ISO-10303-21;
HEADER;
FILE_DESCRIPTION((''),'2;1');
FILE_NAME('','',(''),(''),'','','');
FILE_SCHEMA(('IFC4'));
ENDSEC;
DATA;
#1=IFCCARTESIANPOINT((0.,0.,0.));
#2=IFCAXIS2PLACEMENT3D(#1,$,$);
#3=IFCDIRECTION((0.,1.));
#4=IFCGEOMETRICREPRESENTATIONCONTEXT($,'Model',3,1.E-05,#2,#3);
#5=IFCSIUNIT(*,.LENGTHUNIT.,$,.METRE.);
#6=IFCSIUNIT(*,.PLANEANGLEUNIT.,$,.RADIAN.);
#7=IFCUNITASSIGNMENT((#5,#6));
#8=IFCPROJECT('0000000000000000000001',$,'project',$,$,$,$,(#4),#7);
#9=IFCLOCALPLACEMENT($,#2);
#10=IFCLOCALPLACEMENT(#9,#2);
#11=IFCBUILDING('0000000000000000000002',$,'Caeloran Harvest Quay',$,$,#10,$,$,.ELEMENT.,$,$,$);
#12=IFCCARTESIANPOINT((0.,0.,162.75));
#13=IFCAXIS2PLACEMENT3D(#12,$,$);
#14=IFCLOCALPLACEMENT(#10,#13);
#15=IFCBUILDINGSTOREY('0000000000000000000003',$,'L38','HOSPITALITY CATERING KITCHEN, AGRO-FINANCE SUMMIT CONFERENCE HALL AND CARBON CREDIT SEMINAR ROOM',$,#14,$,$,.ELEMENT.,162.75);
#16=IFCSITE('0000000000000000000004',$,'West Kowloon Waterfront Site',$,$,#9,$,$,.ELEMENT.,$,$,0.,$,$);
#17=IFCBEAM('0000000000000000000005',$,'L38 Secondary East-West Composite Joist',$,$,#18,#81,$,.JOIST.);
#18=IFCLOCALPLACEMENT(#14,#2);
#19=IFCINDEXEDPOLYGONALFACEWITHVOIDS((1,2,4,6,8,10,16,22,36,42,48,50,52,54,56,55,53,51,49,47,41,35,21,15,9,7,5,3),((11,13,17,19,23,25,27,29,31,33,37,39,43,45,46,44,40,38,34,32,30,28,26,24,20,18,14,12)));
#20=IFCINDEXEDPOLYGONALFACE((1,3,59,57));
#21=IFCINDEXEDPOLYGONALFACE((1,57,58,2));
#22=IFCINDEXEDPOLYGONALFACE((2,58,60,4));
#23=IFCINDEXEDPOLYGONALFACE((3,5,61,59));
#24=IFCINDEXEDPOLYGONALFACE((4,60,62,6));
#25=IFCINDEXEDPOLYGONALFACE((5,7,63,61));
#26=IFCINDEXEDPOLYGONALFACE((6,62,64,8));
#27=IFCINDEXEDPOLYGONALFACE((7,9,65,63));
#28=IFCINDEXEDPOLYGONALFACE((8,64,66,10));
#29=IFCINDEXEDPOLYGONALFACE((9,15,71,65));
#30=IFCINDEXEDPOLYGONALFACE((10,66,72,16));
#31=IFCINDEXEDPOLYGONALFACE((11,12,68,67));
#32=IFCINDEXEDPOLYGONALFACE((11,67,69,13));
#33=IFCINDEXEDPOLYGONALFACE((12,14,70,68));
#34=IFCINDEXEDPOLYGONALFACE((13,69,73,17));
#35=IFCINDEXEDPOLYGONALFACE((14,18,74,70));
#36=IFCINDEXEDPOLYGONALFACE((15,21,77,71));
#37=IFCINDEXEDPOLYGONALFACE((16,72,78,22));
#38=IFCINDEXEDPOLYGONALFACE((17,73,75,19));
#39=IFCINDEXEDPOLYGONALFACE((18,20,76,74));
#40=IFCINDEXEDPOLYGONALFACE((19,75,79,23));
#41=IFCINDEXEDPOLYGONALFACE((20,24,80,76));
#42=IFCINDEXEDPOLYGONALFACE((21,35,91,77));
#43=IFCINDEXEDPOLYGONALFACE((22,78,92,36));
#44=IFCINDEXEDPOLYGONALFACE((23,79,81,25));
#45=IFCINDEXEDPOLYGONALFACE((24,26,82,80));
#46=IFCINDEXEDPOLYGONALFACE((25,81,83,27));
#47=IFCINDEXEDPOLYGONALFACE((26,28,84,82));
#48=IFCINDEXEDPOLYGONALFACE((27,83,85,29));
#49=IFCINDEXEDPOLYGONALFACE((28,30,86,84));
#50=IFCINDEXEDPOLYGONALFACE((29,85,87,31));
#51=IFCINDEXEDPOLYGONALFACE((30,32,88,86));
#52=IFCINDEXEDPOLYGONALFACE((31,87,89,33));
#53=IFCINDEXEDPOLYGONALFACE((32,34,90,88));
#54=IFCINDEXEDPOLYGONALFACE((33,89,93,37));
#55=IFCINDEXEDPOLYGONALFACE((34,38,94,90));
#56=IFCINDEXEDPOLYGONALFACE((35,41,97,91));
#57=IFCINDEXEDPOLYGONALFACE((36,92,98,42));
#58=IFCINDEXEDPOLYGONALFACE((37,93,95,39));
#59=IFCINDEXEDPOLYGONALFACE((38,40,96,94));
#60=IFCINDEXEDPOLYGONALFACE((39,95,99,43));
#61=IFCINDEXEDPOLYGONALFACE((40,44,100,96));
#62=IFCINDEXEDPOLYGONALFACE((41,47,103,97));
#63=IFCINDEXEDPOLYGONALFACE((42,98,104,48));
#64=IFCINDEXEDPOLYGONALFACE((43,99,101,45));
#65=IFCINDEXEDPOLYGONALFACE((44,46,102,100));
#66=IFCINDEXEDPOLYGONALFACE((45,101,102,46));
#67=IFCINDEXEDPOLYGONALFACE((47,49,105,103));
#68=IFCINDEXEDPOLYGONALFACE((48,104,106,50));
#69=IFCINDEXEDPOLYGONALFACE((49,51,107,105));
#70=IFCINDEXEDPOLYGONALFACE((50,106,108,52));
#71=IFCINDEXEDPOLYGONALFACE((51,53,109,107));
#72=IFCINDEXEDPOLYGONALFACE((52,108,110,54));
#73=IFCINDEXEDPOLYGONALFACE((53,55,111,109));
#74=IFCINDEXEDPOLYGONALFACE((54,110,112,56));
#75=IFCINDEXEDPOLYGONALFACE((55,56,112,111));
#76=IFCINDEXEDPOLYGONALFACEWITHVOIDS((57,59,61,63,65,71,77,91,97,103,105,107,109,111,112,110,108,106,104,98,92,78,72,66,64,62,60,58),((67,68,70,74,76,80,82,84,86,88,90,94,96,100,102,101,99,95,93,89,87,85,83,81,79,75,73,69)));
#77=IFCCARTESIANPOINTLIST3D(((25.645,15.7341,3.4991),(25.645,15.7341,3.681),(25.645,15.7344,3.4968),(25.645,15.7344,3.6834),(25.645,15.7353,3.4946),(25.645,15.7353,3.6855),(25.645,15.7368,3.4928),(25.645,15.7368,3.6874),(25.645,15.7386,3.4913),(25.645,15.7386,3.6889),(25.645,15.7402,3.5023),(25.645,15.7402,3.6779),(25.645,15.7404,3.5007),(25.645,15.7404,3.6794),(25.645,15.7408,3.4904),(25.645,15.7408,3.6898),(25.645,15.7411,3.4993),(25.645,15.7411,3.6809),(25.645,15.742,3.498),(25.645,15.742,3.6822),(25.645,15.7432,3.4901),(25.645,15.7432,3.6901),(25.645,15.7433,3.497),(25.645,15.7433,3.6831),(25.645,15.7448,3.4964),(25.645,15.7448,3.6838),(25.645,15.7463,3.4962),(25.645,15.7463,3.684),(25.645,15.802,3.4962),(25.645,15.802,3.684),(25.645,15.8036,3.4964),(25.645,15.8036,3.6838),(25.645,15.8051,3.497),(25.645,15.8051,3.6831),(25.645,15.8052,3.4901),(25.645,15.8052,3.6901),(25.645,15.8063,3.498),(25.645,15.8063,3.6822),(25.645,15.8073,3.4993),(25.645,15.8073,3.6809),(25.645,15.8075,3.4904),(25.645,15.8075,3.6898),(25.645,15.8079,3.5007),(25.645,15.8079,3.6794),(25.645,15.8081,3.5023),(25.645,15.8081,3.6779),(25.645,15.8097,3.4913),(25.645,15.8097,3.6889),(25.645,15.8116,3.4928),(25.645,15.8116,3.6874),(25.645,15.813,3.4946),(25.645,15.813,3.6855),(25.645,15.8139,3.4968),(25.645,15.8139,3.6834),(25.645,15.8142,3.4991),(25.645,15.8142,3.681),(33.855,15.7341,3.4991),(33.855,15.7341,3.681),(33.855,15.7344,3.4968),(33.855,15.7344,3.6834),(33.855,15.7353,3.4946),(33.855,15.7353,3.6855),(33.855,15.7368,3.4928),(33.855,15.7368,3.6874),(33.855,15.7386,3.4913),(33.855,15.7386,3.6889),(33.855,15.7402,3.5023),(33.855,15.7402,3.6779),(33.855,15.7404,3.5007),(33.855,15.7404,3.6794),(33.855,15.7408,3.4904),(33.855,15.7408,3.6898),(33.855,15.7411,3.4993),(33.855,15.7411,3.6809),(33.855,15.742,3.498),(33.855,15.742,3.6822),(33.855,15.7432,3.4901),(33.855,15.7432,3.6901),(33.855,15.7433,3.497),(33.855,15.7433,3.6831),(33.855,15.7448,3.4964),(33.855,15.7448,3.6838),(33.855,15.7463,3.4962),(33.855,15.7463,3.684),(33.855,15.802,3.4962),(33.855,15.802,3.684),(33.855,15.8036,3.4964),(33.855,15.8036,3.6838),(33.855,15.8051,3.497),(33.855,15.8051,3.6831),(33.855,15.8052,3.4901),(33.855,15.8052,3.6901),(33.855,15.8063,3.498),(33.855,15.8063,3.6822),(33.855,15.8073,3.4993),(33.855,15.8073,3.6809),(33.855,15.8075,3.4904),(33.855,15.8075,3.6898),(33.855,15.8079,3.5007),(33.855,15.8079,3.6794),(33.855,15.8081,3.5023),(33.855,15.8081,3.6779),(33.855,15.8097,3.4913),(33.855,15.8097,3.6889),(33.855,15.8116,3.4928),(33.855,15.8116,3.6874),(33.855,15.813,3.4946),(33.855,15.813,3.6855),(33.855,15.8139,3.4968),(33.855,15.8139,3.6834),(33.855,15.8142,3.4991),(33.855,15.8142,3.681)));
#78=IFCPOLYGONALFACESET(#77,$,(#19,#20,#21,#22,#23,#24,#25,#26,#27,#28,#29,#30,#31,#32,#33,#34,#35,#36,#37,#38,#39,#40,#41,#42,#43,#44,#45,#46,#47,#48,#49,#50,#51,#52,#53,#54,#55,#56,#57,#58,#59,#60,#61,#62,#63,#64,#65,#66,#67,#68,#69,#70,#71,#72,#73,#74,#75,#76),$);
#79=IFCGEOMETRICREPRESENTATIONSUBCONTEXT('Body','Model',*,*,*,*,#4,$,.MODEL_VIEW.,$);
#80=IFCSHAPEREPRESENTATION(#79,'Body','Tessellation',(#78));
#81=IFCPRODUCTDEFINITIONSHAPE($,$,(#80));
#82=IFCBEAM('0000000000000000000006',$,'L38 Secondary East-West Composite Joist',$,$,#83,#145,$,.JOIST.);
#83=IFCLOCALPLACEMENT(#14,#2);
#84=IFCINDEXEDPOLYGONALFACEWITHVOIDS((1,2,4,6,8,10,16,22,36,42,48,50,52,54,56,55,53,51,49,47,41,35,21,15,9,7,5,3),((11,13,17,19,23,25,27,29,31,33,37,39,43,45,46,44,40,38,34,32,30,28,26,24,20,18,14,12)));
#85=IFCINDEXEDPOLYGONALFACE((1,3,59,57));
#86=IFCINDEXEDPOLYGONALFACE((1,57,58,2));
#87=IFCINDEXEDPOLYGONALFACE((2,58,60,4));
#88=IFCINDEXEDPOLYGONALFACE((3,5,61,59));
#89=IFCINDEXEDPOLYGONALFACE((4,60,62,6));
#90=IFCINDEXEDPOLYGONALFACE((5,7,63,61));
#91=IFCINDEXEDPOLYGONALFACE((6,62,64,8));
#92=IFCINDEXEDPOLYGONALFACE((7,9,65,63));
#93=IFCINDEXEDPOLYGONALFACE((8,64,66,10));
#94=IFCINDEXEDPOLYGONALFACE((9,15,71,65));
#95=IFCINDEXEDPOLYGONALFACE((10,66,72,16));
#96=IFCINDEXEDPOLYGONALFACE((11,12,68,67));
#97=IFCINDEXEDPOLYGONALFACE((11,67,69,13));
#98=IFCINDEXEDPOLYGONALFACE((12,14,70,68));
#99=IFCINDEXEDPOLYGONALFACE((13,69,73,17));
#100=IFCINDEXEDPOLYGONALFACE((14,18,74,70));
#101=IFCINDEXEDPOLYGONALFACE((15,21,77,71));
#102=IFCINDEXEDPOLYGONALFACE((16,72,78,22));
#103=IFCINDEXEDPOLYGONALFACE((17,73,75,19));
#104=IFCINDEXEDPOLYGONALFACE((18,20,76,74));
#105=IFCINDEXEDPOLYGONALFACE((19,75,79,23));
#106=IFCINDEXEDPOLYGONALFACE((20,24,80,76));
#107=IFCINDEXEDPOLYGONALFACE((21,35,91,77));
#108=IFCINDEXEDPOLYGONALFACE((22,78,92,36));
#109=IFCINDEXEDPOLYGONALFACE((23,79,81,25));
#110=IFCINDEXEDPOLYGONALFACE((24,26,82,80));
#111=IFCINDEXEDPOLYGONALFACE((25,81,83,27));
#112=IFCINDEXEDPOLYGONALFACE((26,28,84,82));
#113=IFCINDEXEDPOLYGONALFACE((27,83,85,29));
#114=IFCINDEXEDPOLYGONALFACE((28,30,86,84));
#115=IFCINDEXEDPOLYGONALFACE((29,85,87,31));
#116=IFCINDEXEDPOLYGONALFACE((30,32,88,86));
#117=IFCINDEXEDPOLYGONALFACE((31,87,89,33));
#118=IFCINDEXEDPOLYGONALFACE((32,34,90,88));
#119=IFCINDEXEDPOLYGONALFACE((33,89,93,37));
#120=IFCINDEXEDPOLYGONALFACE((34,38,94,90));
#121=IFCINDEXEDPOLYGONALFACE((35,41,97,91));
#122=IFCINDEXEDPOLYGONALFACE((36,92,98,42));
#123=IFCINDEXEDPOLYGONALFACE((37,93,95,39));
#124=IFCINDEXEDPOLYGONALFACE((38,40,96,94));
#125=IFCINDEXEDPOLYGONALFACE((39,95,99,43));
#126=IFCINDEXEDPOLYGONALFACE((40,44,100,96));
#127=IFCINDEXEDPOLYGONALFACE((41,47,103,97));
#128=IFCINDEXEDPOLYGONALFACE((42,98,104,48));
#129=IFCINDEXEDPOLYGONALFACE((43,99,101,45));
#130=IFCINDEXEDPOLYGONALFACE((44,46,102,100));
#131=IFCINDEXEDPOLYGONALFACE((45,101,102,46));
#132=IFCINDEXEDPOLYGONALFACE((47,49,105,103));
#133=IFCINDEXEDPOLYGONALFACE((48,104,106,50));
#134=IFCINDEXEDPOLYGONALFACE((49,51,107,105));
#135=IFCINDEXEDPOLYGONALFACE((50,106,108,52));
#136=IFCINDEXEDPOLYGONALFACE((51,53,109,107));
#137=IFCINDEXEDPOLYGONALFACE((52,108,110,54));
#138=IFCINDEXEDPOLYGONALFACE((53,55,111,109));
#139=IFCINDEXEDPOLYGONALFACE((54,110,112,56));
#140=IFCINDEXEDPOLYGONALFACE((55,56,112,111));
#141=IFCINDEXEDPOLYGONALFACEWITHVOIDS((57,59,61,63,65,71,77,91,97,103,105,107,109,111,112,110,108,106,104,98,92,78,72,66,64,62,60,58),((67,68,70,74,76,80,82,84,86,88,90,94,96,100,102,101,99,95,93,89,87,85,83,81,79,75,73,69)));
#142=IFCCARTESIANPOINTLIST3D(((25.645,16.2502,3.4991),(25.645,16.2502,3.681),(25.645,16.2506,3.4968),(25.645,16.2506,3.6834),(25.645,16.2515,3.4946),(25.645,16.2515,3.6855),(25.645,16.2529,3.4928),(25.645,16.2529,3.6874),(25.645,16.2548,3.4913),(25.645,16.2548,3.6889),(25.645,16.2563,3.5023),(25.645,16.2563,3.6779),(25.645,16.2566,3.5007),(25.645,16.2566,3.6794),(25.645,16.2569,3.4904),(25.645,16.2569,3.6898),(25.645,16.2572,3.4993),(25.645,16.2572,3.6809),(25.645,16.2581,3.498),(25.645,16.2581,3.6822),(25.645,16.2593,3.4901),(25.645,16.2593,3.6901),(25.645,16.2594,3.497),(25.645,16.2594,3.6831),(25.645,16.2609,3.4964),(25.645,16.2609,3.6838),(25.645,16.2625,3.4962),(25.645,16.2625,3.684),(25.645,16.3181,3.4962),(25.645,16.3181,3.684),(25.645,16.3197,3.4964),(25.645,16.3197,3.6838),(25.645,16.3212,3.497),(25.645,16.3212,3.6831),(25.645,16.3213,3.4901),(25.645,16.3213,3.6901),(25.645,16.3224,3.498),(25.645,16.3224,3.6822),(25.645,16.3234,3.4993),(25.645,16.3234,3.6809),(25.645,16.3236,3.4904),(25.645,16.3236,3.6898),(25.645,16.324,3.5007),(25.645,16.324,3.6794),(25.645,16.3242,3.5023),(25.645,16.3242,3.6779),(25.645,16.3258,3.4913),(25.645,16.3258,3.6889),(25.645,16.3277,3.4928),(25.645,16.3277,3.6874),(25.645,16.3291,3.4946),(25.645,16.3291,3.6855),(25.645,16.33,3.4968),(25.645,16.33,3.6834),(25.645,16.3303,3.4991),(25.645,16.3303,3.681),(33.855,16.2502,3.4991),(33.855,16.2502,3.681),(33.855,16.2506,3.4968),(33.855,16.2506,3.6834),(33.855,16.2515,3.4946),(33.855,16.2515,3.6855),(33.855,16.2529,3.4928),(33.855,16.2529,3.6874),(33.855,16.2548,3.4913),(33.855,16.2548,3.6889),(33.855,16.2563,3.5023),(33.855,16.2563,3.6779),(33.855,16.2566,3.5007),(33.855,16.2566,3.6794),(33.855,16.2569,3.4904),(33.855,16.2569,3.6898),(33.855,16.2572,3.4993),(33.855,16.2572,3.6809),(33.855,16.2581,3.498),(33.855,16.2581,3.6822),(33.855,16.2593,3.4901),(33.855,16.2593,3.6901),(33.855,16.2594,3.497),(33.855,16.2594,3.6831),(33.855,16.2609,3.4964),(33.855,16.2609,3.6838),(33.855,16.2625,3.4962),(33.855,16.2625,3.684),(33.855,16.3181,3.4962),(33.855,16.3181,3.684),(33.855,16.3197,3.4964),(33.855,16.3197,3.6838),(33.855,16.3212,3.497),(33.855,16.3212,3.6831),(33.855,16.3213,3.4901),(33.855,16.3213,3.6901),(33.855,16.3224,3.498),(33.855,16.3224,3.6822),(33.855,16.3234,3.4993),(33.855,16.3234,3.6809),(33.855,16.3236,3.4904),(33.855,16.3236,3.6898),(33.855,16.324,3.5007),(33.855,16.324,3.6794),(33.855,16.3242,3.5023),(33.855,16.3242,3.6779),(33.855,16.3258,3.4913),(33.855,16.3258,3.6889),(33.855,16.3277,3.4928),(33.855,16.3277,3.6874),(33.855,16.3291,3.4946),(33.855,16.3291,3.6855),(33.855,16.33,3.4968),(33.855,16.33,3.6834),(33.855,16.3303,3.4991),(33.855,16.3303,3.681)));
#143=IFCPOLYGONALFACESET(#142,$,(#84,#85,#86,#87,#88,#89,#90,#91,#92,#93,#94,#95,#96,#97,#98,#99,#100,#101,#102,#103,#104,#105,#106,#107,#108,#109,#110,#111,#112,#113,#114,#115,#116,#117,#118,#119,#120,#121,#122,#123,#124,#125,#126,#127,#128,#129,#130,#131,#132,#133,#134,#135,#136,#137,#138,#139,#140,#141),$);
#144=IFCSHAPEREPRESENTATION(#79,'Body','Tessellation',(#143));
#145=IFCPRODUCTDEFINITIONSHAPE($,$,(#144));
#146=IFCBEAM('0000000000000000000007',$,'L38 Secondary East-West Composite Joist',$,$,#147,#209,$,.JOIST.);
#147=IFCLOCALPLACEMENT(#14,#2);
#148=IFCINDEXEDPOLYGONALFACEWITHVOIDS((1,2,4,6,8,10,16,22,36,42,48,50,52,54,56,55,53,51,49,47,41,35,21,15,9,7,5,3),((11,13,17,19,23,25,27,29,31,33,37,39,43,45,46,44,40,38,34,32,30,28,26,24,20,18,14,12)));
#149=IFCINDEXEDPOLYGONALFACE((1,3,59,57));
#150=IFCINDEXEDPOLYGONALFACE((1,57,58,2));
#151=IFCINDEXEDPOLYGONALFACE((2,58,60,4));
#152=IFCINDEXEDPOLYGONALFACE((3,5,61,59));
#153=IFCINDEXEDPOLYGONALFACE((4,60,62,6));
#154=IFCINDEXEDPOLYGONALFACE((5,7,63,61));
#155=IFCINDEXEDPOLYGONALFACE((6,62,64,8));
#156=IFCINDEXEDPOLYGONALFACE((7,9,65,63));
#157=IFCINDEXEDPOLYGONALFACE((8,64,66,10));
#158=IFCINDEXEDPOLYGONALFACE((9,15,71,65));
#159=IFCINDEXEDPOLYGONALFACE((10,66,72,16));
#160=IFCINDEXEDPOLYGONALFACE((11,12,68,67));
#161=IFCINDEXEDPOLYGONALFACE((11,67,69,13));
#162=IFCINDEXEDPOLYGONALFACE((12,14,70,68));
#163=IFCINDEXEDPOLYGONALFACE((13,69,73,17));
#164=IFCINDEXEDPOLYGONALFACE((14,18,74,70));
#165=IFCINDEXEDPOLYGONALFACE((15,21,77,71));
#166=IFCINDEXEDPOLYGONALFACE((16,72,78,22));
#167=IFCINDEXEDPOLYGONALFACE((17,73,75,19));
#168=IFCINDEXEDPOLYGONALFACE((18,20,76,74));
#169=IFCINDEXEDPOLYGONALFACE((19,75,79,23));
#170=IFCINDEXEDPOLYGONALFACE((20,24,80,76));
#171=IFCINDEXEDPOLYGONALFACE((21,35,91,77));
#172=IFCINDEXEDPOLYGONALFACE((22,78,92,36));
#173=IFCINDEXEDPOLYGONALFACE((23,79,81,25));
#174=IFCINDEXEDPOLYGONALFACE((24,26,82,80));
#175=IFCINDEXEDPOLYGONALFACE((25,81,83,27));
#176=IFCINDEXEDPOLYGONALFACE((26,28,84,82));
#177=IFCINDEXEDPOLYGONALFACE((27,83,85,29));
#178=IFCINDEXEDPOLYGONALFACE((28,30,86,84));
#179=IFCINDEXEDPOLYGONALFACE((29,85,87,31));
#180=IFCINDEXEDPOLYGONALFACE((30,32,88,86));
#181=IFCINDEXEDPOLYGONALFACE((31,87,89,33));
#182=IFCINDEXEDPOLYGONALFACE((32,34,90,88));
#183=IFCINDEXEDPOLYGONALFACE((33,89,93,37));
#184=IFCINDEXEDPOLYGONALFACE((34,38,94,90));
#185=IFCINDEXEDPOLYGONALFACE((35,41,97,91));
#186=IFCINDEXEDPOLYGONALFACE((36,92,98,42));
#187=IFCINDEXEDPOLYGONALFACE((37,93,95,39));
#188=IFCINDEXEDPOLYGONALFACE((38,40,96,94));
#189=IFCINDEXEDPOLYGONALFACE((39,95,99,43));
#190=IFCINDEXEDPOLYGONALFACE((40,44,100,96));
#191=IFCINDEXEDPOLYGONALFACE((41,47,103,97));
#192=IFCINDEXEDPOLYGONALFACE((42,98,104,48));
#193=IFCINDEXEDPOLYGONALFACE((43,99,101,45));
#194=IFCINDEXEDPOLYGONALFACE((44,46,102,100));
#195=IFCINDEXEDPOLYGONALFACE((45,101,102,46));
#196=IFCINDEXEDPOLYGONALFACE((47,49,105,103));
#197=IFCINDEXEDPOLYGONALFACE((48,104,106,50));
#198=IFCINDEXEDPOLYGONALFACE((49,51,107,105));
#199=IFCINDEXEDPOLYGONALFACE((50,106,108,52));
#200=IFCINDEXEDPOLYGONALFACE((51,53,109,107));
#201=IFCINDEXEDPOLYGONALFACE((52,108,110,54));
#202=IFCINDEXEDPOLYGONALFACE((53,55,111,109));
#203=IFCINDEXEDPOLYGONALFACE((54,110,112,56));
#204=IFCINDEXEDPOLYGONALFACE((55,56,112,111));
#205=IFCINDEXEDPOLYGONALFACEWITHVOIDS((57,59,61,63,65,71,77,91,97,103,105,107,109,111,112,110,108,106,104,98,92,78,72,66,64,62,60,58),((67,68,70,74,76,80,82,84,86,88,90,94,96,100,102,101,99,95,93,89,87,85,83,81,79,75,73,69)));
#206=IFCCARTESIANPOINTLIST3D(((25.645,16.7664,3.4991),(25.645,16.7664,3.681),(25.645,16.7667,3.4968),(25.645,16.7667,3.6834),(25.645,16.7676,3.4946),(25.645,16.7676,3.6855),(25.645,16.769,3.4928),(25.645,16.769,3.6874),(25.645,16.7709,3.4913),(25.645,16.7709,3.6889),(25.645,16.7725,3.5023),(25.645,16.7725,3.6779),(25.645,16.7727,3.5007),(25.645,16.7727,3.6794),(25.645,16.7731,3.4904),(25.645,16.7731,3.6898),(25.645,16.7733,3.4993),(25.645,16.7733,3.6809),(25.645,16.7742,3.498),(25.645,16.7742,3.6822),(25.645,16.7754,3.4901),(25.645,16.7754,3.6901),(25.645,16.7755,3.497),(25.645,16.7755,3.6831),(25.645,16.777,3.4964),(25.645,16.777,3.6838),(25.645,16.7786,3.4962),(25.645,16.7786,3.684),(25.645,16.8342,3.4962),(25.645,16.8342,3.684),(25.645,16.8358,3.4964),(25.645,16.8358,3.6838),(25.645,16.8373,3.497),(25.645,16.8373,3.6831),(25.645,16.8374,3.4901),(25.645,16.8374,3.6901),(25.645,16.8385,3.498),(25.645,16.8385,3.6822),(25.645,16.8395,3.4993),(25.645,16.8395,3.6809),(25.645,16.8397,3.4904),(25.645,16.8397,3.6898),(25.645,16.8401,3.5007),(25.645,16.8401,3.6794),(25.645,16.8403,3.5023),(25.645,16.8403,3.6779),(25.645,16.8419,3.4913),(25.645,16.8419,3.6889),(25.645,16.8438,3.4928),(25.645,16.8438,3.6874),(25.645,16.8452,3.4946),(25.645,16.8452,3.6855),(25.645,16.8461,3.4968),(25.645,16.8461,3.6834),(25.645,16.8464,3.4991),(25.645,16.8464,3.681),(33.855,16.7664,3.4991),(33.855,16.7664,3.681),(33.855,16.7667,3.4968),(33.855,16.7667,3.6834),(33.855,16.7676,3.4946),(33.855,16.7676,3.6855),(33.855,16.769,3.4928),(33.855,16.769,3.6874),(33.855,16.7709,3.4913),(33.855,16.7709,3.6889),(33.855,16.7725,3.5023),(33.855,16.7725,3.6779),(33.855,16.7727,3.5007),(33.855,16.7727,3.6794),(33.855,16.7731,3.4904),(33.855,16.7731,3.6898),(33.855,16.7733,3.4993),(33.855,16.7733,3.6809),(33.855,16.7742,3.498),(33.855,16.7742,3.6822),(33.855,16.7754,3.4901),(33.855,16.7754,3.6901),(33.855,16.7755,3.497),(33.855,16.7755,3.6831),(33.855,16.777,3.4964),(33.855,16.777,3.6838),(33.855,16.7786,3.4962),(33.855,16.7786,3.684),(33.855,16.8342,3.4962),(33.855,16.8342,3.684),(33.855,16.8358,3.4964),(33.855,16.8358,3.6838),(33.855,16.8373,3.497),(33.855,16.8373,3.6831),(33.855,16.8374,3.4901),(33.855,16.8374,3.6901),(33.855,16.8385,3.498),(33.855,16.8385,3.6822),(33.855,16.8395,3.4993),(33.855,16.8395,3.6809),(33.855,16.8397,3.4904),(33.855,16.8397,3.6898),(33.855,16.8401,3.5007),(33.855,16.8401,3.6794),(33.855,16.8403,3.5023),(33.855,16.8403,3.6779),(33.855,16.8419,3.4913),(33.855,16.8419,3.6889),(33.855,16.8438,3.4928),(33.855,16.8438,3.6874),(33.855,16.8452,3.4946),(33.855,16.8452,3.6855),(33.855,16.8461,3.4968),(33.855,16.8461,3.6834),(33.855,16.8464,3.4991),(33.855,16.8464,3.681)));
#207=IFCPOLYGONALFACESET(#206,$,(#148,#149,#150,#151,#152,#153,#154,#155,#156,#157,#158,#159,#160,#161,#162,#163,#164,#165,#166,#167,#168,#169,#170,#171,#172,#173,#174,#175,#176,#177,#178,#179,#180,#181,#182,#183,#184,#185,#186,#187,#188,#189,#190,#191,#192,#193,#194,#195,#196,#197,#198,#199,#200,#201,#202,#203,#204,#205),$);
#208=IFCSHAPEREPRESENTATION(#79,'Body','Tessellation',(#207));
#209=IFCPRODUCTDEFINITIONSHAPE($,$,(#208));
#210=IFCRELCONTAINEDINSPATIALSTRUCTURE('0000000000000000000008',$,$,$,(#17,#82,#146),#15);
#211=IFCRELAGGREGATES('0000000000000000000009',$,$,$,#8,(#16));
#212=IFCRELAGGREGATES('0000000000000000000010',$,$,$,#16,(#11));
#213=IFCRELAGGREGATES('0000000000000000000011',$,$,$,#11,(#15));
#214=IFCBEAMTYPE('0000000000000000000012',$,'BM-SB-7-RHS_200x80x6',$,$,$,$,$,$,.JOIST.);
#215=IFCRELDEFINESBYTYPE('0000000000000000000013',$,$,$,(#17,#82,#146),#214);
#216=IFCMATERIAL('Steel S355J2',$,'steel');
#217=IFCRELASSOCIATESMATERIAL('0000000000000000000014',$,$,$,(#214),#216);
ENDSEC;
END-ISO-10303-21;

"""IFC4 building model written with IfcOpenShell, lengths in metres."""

from ifc_helpers import new_model, si_unit, direction, frame, origin, origin_2d, place, context, subcontext, project, spatial, hollow_rectangle, extrude, material, material_profile, profile_set, type_object, element, save


model = new_model("IFC4")

# Units and contexts
model_context = context("Model", 3, precision=1e-05, world=origin(), true_north=direction((0.0, 1.0)))
body_context = subcontext(model_context, "Body", "Model", "MODEL_VIEW")
ifc_project = project(units=[si_unit("LENGTHUNIT", "METRE"), si_unit("PLANEANGLEUNIT", "RADIAN")], contexts=[model_context])

# Site, building, storey
site_placement = place(None, origin())
site = spatial("IfcSite", under=ifc_project, at=site_placement, Name="West Kowloon Waterfront Site", CompositionType="ELEMENT", RefElevation=0.0)
building_placement = place(site_placement, origin())
building = spatial("IfcBuilding", under=site, at=building_placement, Name="Caeloran Harvest Quay", CompositionType="ELEMENT")
storey_placement = place(building_placement, frame((0.0, 0.0, 162.75)))
storey = spatial("IfcBuildingStorey", under=building, at=storey_placement, Name="L38", Description="HOSPITALITY CATERING KITCHEN, AGRO-FINANCE SUMMIT CONFERENCE HALL AND CARBON CREDIT SEMINAR ROOM", CompositionType="ELEMENT", Elevation=162.75)

# Beams
ifc_material_1 = material(Name="Steel S355J2", Category="steel")
ifc_material_profile_1 = material_profile(ifc_material_1, hollow_rectangle(XDim=0.0801, YDim=0.2, WallThickness=0.0061, InnerFilletRadius=0.0061, OuterFilletRadius=0.009, at=origin_2d()), Name="RHS 200x80x6")
ifc_profile_set_1 = profile_set([ifc_material_profile_1], Name="Steel S355J2")
beam_type_1 = type_object("IfcBeamType", Name="BM-SB-7-RHS_200x80x6", PredefinedType="JOIST", material=ifc_profile_set_1)
for number, where, z_axis, x_axis, name in (
    (1, (25.645, 15.7742, 3.5901), (1.0, 0.0, 0.0), (0.0, 1.0, 0.0), "L38 Secondary East-West Composite Joist"),
    (2, (25.645, 16.2903, 3.5901), (1.0, 0.0, 0.0), (0.0, 1.0, 0.0), "L38 Secondary East-West Composite Joist"),
    (3, (25.645, 16.8064, 3.5901), (1.0, 0.0, 0.0), (0.0, 1.0, 0.0), "L38 Secondary East-West Composite Joist"),
):
    element("IfcBeam", number, at=place(storey_placement, frame(where, z_axis=z_axis, x_axis=x_axis)), inside=storey, type_object=beam_type_1, Name=name, PredefinedType="JOIST", context=body_context, shape_type="SweptSolid", body=[
        extrude(hollow_rectangle(XDim=0.0801, YDim=0.2, WallThickness=0.0061, InnerFilletRadius=0.0061, OuterFilletRadius=0.009, at=origin_2d()), origin(), (0.0, 0.0, 1.0), 8.21),
    ])

save(model, "model.ifc")
